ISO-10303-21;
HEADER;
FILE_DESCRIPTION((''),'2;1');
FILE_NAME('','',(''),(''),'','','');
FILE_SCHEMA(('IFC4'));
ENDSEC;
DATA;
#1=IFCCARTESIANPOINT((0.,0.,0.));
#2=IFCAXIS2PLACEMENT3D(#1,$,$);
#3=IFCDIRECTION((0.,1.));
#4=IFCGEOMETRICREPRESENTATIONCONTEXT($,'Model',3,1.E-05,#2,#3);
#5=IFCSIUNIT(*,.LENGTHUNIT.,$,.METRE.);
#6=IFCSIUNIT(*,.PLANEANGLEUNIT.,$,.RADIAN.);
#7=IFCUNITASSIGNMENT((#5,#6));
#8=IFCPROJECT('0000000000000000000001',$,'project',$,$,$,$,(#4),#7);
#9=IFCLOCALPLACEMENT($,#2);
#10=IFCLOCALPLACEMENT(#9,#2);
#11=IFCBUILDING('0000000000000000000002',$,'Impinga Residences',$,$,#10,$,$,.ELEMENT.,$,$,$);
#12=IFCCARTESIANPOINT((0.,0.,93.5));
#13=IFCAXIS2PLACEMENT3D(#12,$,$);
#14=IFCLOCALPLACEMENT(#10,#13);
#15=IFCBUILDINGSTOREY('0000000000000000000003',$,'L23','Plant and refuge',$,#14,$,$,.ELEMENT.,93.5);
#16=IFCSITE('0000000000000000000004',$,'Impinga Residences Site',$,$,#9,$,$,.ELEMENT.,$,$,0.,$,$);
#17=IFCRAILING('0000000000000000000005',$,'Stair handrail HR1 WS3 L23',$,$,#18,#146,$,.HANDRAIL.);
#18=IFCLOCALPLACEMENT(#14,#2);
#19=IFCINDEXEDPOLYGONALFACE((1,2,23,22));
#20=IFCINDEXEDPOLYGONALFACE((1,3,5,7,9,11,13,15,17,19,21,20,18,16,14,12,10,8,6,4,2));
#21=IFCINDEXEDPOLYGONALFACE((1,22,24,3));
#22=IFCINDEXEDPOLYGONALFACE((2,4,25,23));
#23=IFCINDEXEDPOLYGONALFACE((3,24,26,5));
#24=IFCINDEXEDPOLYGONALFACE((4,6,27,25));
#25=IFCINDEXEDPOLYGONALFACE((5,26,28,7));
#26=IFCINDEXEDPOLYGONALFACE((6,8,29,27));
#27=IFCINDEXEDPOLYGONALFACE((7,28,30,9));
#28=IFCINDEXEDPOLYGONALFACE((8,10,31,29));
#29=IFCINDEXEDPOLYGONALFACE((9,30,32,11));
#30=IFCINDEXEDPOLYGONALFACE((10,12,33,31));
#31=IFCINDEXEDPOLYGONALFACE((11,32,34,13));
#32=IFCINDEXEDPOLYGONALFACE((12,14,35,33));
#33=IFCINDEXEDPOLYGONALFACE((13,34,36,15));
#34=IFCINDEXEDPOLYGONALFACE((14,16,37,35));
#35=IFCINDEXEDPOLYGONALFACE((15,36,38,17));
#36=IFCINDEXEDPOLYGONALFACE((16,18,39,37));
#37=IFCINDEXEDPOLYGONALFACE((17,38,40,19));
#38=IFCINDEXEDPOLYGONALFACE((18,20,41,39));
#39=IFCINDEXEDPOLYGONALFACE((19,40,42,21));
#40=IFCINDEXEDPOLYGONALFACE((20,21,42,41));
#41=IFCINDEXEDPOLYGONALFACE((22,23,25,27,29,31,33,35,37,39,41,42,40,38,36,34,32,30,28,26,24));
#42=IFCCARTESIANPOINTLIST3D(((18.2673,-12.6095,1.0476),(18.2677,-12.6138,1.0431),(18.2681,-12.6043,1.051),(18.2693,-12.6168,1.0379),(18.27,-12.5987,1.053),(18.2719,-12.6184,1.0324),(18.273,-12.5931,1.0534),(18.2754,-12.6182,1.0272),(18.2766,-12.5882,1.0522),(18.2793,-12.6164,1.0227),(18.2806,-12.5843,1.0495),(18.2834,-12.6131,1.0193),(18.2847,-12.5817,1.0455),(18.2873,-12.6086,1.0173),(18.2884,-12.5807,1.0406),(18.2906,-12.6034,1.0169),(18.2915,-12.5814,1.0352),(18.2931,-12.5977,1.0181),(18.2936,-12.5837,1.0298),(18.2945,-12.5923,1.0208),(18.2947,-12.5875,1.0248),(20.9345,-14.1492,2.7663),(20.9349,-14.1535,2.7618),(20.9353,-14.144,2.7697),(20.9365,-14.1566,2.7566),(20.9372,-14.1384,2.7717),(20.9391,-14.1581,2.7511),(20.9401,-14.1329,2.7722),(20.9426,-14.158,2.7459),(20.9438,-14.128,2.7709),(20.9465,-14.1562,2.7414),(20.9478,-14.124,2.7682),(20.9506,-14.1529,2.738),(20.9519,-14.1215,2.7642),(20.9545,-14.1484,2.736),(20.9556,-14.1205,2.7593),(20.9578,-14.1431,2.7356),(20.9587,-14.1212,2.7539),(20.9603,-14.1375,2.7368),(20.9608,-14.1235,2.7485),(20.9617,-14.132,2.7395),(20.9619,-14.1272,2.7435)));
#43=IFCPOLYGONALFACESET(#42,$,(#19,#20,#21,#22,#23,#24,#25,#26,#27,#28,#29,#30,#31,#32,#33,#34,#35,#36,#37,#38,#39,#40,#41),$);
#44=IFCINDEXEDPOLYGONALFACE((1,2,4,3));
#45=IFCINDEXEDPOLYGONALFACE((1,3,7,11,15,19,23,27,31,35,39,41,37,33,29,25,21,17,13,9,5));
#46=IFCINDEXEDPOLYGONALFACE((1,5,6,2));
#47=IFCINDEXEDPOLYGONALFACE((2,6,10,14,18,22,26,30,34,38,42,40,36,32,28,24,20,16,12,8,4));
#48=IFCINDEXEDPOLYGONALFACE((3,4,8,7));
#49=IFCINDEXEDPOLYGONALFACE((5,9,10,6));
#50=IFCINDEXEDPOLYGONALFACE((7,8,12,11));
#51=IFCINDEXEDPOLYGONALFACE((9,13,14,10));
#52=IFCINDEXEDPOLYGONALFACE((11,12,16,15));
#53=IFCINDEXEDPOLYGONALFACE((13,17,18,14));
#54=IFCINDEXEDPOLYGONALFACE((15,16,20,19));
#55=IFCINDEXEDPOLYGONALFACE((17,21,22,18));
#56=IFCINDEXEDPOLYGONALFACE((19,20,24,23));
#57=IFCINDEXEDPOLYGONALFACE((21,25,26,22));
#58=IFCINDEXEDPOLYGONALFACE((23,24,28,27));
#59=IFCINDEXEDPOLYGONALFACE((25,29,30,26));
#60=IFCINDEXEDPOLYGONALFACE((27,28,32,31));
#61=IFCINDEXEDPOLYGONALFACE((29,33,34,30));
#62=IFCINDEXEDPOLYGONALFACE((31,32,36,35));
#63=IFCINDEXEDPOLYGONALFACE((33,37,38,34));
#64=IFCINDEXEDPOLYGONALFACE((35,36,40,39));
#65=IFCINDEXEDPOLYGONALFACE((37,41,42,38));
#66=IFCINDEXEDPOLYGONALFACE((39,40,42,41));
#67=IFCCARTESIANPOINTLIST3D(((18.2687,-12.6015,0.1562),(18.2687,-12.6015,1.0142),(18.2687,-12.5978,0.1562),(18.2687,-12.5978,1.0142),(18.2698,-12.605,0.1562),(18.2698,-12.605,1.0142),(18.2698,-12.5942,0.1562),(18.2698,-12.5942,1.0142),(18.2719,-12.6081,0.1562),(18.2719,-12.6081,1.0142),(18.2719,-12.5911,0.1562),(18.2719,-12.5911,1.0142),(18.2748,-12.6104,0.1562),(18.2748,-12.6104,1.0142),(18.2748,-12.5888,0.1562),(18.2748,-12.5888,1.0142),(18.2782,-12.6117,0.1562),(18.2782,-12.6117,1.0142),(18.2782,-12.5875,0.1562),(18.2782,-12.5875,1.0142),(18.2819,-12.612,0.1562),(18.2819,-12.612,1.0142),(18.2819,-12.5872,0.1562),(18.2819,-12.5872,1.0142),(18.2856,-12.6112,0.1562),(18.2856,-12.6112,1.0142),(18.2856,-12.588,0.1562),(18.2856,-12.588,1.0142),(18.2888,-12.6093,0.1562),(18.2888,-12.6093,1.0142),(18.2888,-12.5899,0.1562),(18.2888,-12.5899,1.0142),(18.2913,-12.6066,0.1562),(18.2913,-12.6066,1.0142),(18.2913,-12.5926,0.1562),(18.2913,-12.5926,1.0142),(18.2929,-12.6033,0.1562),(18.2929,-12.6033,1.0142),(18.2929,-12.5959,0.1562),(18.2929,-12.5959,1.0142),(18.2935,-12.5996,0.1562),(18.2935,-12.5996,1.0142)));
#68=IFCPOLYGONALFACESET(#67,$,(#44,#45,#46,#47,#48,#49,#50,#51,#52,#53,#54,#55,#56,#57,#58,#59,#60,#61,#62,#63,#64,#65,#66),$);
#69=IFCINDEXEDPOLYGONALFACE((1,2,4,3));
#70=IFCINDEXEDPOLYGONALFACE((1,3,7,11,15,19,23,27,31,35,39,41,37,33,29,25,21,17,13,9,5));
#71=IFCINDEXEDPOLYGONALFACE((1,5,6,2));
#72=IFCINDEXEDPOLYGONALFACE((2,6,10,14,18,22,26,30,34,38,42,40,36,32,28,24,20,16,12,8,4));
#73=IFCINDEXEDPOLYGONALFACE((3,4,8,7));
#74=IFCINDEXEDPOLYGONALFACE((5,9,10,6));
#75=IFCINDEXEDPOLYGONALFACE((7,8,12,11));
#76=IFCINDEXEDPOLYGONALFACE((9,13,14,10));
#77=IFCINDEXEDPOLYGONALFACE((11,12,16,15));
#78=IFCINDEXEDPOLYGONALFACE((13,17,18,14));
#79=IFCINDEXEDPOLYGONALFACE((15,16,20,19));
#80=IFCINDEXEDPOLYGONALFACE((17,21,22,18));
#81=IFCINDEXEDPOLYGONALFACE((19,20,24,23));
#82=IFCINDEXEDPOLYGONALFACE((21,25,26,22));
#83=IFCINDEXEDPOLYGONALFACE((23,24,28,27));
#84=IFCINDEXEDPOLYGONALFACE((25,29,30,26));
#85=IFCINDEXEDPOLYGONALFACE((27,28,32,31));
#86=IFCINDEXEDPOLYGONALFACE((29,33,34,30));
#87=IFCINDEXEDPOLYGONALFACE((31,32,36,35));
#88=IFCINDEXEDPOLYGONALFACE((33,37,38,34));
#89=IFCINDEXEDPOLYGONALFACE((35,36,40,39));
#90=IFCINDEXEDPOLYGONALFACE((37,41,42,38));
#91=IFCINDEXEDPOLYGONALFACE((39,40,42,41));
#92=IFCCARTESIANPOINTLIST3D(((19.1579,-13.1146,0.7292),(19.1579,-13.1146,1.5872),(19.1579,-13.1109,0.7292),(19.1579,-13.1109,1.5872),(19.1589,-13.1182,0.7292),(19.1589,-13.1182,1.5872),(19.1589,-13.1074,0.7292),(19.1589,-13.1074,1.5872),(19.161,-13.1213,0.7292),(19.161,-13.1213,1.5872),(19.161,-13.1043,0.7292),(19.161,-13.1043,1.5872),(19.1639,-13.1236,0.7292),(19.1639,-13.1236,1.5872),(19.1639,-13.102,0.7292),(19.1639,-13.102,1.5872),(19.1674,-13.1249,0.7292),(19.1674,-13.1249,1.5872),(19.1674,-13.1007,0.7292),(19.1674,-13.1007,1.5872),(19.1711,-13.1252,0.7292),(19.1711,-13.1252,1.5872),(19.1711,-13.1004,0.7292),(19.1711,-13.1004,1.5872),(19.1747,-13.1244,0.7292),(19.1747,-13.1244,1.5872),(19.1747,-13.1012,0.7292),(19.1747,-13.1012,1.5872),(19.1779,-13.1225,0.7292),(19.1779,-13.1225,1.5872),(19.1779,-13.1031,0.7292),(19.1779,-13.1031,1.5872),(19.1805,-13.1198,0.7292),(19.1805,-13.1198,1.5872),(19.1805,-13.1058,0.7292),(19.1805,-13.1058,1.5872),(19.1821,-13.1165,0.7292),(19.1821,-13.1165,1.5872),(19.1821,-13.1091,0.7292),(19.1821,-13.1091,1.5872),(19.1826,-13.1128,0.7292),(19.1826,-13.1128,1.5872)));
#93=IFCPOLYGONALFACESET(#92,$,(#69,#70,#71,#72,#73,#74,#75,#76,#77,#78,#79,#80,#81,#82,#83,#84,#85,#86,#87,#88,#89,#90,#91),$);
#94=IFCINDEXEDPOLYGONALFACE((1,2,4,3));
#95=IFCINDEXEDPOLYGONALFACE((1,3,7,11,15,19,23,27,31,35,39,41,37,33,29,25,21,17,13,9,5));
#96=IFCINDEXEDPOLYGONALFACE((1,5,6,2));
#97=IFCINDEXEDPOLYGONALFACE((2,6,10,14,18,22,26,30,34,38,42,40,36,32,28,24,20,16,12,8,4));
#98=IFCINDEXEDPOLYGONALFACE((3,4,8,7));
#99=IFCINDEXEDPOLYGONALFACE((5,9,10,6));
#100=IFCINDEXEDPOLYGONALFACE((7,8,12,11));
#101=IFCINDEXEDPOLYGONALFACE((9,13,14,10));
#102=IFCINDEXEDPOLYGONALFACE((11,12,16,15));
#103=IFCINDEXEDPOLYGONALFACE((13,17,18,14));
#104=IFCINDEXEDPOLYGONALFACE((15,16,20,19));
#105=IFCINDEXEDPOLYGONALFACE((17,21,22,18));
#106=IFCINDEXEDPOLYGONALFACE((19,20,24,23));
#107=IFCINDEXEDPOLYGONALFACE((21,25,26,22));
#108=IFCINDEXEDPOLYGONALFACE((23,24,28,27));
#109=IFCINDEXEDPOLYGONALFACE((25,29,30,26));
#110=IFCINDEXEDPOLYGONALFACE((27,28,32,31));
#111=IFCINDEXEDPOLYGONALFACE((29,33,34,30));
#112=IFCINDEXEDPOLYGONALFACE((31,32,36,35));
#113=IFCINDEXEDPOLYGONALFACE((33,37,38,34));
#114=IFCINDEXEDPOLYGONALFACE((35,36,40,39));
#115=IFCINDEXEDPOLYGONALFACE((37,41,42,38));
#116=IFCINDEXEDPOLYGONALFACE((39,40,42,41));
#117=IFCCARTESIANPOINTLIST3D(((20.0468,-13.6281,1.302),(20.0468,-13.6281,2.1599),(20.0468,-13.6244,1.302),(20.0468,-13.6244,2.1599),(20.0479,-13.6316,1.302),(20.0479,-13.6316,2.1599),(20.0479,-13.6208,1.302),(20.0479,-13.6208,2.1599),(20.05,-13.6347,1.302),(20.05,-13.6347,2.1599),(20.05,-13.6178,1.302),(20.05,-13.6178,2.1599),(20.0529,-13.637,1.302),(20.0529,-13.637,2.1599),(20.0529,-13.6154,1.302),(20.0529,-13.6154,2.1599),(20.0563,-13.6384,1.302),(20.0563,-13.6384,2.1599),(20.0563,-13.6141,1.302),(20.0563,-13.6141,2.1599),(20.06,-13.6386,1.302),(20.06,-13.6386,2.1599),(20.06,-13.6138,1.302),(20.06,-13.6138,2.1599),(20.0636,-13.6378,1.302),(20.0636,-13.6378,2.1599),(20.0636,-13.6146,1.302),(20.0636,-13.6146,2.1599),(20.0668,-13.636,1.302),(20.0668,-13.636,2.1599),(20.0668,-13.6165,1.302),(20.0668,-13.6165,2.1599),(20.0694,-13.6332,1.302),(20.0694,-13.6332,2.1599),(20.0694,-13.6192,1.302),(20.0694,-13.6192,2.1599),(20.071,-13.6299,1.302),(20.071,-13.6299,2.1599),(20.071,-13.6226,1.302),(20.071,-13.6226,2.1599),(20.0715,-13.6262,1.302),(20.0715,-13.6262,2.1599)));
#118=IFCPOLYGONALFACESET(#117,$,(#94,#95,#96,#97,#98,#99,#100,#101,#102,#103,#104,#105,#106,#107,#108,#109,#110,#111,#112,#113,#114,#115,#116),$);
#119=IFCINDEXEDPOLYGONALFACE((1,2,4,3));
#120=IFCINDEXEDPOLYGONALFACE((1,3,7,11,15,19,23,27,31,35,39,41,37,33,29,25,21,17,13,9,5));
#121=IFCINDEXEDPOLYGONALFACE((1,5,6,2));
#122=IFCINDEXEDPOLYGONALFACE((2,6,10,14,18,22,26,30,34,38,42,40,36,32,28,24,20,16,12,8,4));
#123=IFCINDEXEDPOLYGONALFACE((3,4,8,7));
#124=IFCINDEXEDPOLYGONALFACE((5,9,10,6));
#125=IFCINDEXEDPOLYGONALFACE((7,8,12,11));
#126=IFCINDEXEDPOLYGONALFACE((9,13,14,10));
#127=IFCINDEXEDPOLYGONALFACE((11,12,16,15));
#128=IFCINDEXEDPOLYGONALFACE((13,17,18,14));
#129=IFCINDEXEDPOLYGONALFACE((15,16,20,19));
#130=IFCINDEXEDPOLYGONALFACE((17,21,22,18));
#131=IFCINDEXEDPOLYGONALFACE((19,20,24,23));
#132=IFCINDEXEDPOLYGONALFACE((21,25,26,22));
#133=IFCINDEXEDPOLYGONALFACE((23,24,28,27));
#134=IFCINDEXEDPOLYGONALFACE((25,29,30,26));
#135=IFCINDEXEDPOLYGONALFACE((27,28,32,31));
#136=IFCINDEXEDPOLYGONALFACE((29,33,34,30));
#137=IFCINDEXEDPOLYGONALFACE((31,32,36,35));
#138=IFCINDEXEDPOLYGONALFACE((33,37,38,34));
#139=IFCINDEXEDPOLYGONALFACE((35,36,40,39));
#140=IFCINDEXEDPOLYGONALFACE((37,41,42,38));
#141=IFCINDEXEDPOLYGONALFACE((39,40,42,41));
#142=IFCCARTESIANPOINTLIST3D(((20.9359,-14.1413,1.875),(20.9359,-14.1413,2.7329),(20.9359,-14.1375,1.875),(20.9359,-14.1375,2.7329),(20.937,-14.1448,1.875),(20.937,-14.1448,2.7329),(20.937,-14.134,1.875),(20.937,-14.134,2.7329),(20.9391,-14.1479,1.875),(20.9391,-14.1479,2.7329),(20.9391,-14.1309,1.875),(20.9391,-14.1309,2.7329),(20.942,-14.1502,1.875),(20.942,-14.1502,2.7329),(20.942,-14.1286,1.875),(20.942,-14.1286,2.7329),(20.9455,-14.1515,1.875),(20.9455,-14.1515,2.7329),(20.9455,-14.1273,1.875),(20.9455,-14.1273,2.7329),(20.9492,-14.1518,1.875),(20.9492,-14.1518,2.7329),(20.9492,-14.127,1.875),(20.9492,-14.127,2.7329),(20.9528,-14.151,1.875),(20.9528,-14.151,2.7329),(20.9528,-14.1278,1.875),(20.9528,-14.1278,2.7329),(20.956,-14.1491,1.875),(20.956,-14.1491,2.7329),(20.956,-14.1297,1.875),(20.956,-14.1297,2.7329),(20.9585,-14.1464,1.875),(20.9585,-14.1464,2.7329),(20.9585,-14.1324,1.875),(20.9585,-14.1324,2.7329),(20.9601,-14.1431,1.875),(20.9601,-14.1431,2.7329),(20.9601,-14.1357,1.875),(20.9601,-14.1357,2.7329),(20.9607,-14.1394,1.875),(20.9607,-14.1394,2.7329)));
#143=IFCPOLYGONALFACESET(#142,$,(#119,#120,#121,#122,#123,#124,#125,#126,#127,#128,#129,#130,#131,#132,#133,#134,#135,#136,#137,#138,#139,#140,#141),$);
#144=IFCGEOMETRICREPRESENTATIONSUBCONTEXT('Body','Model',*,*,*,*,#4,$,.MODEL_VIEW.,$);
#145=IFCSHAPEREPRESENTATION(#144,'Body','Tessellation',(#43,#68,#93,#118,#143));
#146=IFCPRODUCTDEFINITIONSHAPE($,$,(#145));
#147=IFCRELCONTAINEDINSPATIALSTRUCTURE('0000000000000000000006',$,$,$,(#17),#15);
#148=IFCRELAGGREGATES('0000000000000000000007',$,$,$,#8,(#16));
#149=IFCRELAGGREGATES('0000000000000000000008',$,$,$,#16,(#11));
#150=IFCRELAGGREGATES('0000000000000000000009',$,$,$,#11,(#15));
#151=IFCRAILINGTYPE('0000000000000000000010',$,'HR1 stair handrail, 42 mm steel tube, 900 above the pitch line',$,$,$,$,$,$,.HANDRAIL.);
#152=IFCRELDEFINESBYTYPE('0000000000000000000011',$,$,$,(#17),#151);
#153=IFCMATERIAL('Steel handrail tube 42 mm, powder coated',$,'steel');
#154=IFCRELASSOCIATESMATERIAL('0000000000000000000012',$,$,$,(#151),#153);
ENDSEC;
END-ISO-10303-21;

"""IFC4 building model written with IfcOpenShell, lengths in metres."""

from ifc_helpers import new_model, si_unit, direction, frame, origin, origin_2d, place, context, subcontext, project, spatial, circle, extrude, material, type_object, element, save


model = new_model("IFC4")

# Units and contexts
model_context = context("Model", 3, precision=1e-05, world=origin(), true_north=direction((0.0, 1.0)))
body_context = subcontext(model_context, "Body", "Model", "MODEL_VIEW")
ifc_project = project(units=[si_unit("LENGTHUNIT", "METRE"), si_unit("PLANEANGLEUNIT", "RADIAN")], contexts=[model_context])

# Site, building, storey
site_placement = place(None, origin())
site = spatial("IfcSite", under=ifc_project, at=site_placement, Name="Impinga Residences Site", CompositionType="ELEMENT", RefElevation=0.0)
building_placement = place(site_placement, origin())
building = spatial("IfcBuilding", under=site, at=building_placement, Name="Impinga Residences", CompositionType="ELEMENT")
storey_placement = place(building_placement, frame((0.0, 0.0, 93.5)))
storey = spatial("IfcBuildingStorey", under=building, at=storey_placement, Name="L23", Description="Plant and refuge", CompositionType="ELEMENT", Elevation=93.5)

# Railing
ifc_material_1 = material(Name="Steel handrail tube 42 mm, powder coated", Category="steel")
railing_type_1 = type_object("IfcRailingType", Name="HR1 stair handrail, 42 mm steel tube, 900 above the pitch line", PredefinedType="HANDRAIL", material=ifc_material_1)
railing_1_placement = place(storey_placement, frame((18.281, -12.5996, 0.1562)))
element("IfcRailing", 1, at=railing_1_placement, inside=storey, type_object=railing_type_1, Name="Stair handrail HR1 WS3 L23", PredefinedType="HANDRAIL", context=body_context, shape_type="SweptSolid", body=[
    extrude(circle(Radius=0.021, at=origin_2d()), frame((0.0, 0.0, 0.8789), z_axis=(0.756249, -0.436582, 0.487322), x_axis=(0.499967, 0.866044, 0.0)), (0.0, 0.0, 1.0), 3.5269),
    extrude(circle(Radius=0.0125, at=origin_2d()), origin(), (0.0, 0.0, 1.0), 0.8579),
    extrude(circle(Radius=0.0125, at=origin_2d()), frame((0.8892, -0.5132, 0.573)), (0.0, 0.0, 1.0), 0.8579),
    extrude(circle(Radius=0.0125, at=origin_2d()), frame((1.7781, -1.0266, 1.1458)), (0.0, 0.0, 1.0), 0.8579),
    extrude(circle(Radius=0.0125, at=origin_2d()), frame((2.6672, -1.5398, 1.7188)), (0.0, 0.0, 1.0), 0.8579),
])

save(model, "model.ifc")
